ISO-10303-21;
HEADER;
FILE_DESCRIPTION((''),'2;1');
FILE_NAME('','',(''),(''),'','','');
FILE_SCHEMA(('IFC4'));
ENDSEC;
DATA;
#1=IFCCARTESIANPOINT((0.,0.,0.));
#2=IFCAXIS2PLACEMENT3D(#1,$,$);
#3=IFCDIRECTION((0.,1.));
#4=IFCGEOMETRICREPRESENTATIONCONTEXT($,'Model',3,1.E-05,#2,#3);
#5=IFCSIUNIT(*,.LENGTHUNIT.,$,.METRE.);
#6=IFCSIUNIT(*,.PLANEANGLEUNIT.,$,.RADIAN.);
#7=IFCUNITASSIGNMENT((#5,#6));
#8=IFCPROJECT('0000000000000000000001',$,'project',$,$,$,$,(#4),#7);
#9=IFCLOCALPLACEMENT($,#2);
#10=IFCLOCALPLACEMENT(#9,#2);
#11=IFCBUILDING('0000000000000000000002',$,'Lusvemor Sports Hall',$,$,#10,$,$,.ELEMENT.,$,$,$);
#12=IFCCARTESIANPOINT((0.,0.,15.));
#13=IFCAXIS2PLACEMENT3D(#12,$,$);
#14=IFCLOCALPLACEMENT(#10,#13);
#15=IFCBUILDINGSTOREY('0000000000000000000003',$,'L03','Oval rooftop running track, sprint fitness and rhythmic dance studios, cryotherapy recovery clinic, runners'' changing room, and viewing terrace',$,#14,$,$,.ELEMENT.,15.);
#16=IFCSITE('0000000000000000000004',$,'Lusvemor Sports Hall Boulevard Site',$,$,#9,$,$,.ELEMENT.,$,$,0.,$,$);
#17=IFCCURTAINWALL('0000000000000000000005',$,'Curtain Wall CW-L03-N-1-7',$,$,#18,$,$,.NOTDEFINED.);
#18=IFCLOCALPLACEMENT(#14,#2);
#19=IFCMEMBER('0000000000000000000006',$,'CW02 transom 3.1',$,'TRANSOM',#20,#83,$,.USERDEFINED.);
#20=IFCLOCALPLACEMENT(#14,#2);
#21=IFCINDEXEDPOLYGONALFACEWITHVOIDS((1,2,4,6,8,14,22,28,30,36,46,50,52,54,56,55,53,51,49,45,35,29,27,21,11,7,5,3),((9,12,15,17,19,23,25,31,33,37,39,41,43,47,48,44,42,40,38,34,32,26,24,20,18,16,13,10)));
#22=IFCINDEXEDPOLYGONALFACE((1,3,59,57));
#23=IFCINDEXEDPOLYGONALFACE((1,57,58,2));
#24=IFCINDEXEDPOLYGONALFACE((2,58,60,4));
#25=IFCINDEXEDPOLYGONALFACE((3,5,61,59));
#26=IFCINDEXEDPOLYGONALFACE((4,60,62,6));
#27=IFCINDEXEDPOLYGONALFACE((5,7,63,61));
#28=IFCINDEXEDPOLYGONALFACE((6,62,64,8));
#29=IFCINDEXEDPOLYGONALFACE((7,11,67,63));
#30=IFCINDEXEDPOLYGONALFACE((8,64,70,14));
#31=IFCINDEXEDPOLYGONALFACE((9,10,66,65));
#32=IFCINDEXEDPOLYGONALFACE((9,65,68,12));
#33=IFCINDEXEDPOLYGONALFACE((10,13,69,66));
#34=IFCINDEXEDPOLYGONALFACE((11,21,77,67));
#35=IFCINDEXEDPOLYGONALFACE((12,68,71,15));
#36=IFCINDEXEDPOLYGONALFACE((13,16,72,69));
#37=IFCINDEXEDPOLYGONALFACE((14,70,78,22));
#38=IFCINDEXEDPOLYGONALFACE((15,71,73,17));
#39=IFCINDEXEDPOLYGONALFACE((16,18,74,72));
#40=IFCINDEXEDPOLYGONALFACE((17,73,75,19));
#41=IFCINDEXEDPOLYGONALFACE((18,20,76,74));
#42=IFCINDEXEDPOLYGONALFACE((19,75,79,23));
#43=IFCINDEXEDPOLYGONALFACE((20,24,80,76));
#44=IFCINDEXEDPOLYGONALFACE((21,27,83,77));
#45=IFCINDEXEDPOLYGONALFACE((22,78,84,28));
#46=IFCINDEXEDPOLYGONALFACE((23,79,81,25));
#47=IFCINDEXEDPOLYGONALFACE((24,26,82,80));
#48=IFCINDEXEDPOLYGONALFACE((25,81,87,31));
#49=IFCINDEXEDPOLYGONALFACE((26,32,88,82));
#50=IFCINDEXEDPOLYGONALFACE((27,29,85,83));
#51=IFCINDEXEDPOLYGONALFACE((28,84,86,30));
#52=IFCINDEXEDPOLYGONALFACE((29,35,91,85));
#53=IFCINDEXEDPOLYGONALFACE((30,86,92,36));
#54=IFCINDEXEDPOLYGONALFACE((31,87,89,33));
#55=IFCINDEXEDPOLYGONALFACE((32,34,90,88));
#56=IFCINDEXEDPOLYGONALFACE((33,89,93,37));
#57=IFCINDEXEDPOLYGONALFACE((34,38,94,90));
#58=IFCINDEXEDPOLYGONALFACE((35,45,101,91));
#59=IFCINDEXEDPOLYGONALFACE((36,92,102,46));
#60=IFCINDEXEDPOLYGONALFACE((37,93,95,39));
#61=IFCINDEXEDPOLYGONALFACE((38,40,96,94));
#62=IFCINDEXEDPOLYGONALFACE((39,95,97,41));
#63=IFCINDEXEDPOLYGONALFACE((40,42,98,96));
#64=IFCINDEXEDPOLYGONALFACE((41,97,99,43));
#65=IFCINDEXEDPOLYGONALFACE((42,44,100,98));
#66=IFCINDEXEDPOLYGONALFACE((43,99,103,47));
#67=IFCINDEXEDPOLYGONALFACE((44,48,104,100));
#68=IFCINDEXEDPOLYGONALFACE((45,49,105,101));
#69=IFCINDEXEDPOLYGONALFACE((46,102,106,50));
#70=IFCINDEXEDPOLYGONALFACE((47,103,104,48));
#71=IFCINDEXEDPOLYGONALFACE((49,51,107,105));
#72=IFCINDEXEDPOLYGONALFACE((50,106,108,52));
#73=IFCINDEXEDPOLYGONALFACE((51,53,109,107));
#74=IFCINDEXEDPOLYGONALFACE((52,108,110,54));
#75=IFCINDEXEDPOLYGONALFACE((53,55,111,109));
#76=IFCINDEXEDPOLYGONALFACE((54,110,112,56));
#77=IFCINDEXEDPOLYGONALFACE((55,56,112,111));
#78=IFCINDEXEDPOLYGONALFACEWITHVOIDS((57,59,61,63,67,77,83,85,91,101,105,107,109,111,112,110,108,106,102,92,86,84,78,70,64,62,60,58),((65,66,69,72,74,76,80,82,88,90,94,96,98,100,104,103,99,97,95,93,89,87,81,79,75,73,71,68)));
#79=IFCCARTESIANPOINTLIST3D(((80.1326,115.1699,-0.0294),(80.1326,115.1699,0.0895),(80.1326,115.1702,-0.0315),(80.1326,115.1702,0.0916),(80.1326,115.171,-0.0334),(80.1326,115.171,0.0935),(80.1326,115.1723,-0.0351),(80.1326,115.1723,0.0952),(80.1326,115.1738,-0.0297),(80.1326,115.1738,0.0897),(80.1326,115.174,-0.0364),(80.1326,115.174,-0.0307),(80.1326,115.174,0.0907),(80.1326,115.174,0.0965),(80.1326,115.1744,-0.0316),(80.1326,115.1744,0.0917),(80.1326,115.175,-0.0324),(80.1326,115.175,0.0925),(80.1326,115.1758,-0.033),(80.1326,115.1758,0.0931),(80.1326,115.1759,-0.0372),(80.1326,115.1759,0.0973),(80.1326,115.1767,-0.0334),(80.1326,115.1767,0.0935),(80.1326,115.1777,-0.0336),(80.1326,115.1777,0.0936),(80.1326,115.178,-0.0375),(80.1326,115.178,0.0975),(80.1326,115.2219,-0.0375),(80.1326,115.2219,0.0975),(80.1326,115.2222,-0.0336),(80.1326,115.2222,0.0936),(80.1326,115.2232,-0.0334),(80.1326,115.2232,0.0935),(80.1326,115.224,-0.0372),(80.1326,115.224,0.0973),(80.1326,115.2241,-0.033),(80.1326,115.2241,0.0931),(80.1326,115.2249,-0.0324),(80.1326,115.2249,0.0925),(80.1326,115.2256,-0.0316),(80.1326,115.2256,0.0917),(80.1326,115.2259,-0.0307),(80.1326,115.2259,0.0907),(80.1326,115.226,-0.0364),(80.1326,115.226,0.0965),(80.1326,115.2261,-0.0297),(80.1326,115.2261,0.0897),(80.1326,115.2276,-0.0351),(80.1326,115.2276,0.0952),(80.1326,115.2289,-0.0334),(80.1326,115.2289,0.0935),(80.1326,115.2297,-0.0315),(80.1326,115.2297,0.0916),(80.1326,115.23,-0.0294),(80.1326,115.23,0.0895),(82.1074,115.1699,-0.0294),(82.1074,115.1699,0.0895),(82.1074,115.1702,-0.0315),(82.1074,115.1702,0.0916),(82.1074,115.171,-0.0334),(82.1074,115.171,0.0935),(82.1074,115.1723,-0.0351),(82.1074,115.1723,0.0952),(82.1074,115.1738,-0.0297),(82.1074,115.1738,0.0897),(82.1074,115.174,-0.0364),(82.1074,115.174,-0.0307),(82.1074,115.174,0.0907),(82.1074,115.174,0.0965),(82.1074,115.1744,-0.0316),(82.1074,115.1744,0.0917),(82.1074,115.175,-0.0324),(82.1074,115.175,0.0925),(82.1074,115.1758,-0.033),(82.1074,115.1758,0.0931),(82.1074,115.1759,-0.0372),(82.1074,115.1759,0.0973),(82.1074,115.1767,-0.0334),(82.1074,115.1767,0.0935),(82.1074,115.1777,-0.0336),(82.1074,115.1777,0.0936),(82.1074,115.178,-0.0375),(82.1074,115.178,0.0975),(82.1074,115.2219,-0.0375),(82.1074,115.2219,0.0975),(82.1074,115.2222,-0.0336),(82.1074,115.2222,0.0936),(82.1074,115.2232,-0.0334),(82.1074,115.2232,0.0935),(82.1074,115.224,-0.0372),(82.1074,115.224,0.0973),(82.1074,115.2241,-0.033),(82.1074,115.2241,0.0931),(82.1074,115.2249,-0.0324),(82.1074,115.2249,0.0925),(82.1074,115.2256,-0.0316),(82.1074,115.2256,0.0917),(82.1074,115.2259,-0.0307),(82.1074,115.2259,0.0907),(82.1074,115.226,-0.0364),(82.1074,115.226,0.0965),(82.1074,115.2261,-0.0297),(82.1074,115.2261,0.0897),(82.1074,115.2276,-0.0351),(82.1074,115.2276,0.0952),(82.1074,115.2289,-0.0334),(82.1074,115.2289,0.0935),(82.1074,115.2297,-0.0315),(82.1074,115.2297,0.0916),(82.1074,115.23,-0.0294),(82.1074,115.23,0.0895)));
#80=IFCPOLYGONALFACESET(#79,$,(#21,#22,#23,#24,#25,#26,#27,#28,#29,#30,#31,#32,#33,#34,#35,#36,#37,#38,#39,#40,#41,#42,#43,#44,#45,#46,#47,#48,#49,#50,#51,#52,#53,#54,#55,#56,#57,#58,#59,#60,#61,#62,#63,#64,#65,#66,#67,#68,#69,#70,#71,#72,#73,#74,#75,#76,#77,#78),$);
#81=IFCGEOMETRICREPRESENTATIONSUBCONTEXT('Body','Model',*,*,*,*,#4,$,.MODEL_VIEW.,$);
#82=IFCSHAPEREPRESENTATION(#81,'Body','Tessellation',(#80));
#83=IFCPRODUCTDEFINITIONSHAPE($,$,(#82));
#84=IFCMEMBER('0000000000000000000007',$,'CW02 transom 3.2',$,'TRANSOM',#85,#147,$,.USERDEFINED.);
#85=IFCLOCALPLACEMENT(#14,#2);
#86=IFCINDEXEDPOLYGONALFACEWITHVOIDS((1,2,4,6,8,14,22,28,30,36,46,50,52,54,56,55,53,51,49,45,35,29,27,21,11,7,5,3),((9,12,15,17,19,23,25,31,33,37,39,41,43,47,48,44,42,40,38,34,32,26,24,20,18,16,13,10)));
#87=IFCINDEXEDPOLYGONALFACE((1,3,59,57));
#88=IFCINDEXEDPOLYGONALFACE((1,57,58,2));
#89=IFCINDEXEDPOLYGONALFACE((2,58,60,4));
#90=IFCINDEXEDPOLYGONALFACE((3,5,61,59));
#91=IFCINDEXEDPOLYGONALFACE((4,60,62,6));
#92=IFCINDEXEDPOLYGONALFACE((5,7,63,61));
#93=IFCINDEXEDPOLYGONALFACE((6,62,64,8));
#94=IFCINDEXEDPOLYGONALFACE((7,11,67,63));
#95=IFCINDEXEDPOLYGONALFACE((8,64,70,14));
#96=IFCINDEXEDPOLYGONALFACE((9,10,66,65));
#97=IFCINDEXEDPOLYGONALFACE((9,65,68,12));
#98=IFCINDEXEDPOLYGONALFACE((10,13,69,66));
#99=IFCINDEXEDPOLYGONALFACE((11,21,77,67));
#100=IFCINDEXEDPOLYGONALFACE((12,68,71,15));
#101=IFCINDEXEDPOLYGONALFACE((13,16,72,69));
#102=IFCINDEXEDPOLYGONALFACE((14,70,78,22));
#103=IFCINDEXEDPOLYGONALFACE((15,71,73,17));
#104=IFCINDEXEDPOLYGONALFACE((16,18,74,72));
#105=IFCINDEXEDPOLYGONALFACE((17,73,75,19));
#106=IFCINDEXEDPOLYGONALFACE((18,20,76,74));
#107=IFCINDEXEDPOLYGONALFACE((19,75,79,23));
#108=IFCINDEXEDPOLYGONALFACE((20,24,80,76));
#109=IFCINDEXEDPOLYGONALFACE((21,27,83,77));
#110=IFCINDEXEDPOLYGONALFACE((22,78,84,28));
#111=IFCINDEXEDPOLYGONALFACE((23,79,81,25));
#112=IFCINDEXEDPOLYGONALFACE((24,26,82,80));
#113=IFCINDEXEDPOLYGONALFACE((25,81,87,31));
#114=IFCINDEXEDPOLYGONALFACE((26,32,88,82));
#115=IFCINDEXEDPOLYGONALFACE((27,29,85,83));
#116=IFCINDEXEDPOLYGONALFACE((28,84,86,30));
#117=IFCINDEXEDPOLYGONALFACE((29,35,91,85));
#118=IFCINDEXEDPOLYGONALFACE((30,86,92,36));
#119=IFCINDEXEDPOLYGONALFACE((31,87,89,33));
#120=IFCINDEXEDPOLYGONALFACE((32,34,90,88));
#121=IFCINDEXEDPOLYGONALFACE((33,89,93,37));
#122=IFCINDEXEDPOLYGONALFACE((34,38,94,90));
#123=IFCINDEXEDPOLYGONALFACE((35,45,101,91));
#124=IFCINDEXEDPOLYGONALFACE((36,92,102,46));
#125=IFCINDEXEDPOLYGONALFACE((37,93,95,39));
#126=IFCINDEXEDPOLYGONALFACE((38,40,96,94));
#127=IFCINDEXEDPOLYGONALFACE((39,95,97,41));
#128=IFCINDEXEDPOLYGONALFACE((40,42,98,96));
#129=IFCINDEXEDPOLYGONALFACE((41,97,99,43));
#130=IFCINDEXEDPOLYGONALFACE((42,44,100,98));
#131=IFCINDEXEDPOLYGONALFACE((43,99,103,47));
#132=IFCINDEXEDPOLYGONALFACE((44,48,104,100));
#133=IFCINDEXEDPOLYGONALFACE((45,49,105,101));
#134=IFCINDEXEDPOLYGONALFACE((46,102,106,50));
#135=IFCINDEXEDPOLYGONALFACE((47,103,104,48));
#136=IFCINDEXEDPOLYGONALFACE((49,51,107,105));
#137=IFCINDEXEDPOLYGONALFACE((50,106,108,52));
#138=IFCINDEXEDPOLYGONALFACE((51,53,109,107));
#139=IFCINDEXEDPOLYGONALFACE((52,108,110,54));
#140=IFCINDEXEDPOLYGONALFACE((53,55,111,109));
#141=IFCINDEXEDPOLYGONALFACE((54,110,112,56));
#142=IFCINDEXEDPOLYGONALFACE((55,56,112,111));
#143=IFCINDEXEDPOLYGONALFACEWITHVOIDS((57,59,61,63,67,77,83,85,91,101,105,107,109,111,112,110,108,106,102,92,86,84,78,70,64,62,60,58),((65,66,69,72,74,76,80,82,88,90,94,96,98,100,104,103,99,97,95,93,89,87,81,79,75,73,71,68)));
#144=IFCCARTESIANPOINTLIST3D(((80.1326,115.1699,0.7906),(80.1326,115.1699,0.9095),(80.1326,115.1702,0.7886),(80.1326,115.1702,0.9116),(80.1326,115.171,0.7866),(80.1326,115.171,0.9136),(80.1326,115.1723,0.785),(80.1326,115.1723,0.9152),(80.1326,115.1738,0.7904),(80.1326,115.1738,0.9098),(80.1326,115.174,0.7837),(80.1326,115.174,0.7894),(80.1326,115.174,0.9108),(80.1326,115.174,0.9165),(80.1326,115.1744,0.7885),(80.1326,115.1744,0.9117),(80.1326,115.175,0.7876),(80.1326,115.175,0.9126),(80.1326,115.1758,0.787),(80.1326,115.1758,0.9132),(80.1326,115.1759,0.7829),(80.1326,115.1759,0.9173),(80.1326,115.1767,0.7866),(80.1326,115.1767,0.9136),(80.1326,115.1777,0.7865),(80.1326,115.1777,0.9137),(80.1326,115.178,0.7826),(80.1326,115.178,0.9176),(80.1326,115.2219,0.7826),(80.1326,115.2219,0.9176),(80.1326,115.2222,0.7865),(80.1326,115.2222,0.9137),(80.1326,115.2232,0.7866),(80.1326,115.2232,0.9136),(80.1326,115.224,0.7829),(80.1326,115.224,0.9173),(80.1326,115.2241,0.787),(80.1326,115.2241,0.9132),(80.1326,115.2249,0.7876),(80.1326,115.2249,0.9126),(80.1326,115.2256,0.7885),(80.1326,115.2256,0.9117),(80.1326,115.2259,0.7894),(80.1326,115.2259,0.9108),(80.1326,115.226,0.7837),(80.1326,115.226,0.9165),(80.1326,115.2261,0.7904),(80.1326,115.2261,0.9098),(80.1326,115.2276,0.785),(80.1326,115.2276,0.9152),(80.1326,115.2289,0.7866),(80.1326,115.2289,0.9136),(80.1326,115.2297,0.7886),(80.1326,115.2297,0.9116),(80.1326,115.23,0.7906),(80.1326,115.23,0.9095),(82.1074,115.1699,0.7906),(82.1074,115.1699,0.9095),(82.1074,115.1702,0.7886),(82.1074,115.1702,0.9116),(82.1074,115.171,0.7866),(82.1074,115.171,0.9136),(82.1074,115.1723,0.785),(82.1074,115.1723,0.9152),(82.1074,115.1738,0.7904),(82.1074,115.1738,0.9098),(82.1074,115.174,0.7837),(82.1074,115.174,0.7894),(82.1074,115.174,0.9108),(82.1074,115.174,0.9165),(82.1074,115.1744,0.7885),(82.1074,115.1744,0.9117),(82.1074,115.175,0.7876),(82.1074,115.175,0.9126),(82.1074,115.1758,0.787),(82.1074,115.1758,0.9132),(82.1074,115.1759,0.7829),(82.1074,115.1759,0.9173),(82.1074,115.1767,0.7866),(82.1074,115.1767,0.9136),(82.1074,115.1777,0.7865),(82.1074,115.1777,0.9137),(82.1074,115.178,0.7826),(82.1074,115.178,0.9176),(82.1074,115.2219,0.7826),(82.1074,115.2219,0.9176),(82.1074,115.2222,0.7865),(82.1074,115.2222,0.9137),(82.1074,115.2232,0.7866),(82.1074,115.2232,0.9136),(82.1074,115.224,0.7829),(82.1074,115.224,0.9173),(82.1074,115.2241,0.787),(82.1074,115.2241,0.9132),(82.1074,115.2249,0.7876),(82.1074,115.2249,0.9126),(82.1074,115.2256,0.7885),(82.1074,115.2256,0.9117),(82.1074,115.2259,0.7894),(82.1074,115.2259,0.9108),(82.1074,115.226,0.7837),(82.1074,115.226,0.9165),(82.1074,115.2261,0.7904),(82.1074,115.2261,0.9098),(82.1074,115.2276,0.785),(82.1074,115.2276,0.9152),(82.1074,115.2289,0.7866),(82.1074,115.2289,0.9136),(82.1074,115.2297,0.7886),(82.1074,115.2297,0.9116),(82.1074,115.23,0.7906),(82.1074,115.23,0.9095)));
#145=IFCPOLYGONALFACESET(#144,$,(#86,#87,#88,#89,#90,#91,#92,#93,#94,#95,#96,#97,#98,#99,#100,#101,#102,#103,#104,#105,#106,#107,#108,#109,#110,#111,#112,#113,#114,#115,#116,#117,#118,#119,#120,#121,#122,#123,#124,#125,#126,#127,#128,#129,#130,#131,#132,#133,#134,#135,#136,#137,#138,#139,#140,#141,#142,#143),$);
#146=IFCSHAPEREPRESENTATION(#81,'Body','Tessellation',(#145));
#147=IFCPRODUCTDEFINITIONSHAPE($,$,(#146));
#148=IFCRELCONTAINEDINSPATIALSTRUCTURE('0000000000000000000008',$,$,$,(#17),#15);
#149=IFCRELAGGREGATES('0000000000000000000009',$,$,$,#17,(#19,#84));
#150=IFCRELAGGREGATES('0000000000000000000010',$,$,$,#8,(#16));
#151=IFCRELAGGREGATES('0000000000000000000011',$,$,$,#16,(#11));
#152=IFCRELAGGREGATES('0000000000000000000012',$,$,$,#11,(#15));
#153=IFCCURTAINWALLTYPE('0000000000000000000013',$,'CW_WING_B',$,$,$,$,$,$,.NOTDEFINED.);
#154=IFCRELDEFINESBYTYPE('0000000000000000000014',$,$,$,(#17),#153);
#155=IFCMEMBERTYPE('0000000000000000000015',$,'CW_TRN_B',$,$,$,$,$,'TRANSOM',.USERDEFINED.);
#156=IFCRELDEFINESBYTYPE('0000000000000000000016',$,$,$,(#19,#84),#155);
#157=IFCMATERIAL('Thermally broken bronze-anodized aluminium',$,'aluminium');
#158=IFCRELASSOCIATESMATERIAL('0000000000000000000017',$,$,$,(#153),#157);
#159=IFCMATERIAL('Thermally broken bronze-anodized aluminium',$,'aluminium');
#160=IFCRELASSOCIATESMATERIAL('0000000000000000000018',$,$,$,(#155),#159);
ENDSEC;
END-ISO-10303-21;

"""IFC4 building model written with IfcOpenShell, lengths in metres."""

from ifc_helpers import new_model, si_unit, direction, frame, origin, origin_2d, place, context, subcontext, project, spatial, hollow_rectangle, extrude, material, material_profile, profile_set, type_object, element, aggregate, save


model = new_model("IFC4")

# Units and contexts
model_context = context("Model", 3, precision=1e-05, world=origin(), true_north=direction((0.0, 1.0)))
body_context = subcontext(model_context, "Body", "Model", "MODEL_VIEW")
ifc_project = project(units=[si_unit("LENGTHUNIT", "METRE"), si_unit("PLANEANGLEUNIT", "RADIAN")], contexts=[model_context])

# Site, building, storey
site_placement = place(None, origin())
site = spatial("IfcSite", under=ifc_project, at=site_placement, Name="Lusvemor Sports Hall Boulevard Site", CompositionType="ELEMENT", RefElevation=0.0)
building_placement = place(site_placement, origin())
building = spatial("IfcBuilding", under=site, at=building_placement, Name="Lusvemor Sports Hall", CompositionType="ELEMENT")
storey_placement = place(building_placement, frame((0.0, 0.0, 15.0)))
storey = spatial("IfcBuildingStorey", under=building, at=storey_placement, Name="L03", Description="Oval rooftop running track, sprint fitness and rhythmic dance studios, cryotherapy recovery clinic, runners' changing room, and viewing terrace", CompositionType="ELEMENT", Elevation=15.0)

# Curtain wall
ifc_material_1 = material(Name="Thermally broken bronze-anodized aluminium", Category="aluminium")
curtain_wall_type_1 = type_object("IfcCurtainWallType", Name="CW_WING_B", PredefinedType="NOTDEFINED", material=ifc_material_1)
curtain_wall_1_placement = place(storey_placement, origin())
curtain_wall_1 = element("IfcCurtainWall", 1, at=curtain_wall_1_placement, inside=storey, type_object=curtain_wall_type_1, Name="Curtain Wall CW-L03-N-1-7", PredefinedType="NOTDEFINED")

# Members
ifc_material_2 = material(Name="Thermally broken bronze-anodized aluminium", Category="aluminium")
ifc_material_profile_1 = material_profile(ifc_material_2, hollow_rectangle(XDim=0.0601, YDim=0.135, WallThickness=0.0039, InnerFilletRadius=0.0039, OuterFilletRadius=0.0081, at=origin_2d()), Name="CWTRN135x60x4")
ifc_profile_set_1 = profile_set([ifc_material_profile_1], Name="Thermally broken bronze-anodized aluminium")
member_type_1 = type_object("IfcMemberType", Name="CW_TRN_B", ElementType="TRANSOM", PredefinedType="USERDEFINED", material=ifc_profile_set_1)
member_1_placement = place(storey_placement, frame((80.1326, 115.2, 0.03), z_axis=(1.0, 0.0, 0.0), x_axis=(0.0, 1.0, 0.0)))
member_1 = element("IfcMember", 2, at=member_1_placement, type_object=member_type_1, Name="CW02 transom 3.1", ObjectType="TRANSOM", PredefinedType="USERDEFINED", context=body_context, shape_type="SweptSolid", body=[
    extrude(hollow_rectangle(XDim=0.0601, YDim=0.135, WallThickness=0.0039, InnerFilletRadius=0.0039, OuterFilletRadius=0.0081, at=origin_2d()), origin(), (0.0, 0.0, 1.0), 1.9749),
])
member_2_placement = place(storey_placement, frame((80.1326, 115.2, 0.8501), z_axis=(1.0, 0.0, 0.0), x_axis=(0.0, 1.0, 0.0)))
member_2 = element("IfcMember", 3, at=member_2_placement, type_object=member_type_1, Name="CW02 transom 3.2", ObjectType="TRANSOM", PredefinedType="USERDEFINED", context=body_context, shape_type="SweptSolid", body=[
    extrude(hollow_rectangle(XDim=0.0601, YDim=0.135, WallThickness=0.0039, InnerFilletRadius=0.0039, OuterFilletRadius=0.0081, at=origin_2d()), origin(), (0.0, 0.0, 1.0), 1.9749),
])

aggregate(curtain_wall_1, [member_1, member_2])

save(model, "model.ifc")
